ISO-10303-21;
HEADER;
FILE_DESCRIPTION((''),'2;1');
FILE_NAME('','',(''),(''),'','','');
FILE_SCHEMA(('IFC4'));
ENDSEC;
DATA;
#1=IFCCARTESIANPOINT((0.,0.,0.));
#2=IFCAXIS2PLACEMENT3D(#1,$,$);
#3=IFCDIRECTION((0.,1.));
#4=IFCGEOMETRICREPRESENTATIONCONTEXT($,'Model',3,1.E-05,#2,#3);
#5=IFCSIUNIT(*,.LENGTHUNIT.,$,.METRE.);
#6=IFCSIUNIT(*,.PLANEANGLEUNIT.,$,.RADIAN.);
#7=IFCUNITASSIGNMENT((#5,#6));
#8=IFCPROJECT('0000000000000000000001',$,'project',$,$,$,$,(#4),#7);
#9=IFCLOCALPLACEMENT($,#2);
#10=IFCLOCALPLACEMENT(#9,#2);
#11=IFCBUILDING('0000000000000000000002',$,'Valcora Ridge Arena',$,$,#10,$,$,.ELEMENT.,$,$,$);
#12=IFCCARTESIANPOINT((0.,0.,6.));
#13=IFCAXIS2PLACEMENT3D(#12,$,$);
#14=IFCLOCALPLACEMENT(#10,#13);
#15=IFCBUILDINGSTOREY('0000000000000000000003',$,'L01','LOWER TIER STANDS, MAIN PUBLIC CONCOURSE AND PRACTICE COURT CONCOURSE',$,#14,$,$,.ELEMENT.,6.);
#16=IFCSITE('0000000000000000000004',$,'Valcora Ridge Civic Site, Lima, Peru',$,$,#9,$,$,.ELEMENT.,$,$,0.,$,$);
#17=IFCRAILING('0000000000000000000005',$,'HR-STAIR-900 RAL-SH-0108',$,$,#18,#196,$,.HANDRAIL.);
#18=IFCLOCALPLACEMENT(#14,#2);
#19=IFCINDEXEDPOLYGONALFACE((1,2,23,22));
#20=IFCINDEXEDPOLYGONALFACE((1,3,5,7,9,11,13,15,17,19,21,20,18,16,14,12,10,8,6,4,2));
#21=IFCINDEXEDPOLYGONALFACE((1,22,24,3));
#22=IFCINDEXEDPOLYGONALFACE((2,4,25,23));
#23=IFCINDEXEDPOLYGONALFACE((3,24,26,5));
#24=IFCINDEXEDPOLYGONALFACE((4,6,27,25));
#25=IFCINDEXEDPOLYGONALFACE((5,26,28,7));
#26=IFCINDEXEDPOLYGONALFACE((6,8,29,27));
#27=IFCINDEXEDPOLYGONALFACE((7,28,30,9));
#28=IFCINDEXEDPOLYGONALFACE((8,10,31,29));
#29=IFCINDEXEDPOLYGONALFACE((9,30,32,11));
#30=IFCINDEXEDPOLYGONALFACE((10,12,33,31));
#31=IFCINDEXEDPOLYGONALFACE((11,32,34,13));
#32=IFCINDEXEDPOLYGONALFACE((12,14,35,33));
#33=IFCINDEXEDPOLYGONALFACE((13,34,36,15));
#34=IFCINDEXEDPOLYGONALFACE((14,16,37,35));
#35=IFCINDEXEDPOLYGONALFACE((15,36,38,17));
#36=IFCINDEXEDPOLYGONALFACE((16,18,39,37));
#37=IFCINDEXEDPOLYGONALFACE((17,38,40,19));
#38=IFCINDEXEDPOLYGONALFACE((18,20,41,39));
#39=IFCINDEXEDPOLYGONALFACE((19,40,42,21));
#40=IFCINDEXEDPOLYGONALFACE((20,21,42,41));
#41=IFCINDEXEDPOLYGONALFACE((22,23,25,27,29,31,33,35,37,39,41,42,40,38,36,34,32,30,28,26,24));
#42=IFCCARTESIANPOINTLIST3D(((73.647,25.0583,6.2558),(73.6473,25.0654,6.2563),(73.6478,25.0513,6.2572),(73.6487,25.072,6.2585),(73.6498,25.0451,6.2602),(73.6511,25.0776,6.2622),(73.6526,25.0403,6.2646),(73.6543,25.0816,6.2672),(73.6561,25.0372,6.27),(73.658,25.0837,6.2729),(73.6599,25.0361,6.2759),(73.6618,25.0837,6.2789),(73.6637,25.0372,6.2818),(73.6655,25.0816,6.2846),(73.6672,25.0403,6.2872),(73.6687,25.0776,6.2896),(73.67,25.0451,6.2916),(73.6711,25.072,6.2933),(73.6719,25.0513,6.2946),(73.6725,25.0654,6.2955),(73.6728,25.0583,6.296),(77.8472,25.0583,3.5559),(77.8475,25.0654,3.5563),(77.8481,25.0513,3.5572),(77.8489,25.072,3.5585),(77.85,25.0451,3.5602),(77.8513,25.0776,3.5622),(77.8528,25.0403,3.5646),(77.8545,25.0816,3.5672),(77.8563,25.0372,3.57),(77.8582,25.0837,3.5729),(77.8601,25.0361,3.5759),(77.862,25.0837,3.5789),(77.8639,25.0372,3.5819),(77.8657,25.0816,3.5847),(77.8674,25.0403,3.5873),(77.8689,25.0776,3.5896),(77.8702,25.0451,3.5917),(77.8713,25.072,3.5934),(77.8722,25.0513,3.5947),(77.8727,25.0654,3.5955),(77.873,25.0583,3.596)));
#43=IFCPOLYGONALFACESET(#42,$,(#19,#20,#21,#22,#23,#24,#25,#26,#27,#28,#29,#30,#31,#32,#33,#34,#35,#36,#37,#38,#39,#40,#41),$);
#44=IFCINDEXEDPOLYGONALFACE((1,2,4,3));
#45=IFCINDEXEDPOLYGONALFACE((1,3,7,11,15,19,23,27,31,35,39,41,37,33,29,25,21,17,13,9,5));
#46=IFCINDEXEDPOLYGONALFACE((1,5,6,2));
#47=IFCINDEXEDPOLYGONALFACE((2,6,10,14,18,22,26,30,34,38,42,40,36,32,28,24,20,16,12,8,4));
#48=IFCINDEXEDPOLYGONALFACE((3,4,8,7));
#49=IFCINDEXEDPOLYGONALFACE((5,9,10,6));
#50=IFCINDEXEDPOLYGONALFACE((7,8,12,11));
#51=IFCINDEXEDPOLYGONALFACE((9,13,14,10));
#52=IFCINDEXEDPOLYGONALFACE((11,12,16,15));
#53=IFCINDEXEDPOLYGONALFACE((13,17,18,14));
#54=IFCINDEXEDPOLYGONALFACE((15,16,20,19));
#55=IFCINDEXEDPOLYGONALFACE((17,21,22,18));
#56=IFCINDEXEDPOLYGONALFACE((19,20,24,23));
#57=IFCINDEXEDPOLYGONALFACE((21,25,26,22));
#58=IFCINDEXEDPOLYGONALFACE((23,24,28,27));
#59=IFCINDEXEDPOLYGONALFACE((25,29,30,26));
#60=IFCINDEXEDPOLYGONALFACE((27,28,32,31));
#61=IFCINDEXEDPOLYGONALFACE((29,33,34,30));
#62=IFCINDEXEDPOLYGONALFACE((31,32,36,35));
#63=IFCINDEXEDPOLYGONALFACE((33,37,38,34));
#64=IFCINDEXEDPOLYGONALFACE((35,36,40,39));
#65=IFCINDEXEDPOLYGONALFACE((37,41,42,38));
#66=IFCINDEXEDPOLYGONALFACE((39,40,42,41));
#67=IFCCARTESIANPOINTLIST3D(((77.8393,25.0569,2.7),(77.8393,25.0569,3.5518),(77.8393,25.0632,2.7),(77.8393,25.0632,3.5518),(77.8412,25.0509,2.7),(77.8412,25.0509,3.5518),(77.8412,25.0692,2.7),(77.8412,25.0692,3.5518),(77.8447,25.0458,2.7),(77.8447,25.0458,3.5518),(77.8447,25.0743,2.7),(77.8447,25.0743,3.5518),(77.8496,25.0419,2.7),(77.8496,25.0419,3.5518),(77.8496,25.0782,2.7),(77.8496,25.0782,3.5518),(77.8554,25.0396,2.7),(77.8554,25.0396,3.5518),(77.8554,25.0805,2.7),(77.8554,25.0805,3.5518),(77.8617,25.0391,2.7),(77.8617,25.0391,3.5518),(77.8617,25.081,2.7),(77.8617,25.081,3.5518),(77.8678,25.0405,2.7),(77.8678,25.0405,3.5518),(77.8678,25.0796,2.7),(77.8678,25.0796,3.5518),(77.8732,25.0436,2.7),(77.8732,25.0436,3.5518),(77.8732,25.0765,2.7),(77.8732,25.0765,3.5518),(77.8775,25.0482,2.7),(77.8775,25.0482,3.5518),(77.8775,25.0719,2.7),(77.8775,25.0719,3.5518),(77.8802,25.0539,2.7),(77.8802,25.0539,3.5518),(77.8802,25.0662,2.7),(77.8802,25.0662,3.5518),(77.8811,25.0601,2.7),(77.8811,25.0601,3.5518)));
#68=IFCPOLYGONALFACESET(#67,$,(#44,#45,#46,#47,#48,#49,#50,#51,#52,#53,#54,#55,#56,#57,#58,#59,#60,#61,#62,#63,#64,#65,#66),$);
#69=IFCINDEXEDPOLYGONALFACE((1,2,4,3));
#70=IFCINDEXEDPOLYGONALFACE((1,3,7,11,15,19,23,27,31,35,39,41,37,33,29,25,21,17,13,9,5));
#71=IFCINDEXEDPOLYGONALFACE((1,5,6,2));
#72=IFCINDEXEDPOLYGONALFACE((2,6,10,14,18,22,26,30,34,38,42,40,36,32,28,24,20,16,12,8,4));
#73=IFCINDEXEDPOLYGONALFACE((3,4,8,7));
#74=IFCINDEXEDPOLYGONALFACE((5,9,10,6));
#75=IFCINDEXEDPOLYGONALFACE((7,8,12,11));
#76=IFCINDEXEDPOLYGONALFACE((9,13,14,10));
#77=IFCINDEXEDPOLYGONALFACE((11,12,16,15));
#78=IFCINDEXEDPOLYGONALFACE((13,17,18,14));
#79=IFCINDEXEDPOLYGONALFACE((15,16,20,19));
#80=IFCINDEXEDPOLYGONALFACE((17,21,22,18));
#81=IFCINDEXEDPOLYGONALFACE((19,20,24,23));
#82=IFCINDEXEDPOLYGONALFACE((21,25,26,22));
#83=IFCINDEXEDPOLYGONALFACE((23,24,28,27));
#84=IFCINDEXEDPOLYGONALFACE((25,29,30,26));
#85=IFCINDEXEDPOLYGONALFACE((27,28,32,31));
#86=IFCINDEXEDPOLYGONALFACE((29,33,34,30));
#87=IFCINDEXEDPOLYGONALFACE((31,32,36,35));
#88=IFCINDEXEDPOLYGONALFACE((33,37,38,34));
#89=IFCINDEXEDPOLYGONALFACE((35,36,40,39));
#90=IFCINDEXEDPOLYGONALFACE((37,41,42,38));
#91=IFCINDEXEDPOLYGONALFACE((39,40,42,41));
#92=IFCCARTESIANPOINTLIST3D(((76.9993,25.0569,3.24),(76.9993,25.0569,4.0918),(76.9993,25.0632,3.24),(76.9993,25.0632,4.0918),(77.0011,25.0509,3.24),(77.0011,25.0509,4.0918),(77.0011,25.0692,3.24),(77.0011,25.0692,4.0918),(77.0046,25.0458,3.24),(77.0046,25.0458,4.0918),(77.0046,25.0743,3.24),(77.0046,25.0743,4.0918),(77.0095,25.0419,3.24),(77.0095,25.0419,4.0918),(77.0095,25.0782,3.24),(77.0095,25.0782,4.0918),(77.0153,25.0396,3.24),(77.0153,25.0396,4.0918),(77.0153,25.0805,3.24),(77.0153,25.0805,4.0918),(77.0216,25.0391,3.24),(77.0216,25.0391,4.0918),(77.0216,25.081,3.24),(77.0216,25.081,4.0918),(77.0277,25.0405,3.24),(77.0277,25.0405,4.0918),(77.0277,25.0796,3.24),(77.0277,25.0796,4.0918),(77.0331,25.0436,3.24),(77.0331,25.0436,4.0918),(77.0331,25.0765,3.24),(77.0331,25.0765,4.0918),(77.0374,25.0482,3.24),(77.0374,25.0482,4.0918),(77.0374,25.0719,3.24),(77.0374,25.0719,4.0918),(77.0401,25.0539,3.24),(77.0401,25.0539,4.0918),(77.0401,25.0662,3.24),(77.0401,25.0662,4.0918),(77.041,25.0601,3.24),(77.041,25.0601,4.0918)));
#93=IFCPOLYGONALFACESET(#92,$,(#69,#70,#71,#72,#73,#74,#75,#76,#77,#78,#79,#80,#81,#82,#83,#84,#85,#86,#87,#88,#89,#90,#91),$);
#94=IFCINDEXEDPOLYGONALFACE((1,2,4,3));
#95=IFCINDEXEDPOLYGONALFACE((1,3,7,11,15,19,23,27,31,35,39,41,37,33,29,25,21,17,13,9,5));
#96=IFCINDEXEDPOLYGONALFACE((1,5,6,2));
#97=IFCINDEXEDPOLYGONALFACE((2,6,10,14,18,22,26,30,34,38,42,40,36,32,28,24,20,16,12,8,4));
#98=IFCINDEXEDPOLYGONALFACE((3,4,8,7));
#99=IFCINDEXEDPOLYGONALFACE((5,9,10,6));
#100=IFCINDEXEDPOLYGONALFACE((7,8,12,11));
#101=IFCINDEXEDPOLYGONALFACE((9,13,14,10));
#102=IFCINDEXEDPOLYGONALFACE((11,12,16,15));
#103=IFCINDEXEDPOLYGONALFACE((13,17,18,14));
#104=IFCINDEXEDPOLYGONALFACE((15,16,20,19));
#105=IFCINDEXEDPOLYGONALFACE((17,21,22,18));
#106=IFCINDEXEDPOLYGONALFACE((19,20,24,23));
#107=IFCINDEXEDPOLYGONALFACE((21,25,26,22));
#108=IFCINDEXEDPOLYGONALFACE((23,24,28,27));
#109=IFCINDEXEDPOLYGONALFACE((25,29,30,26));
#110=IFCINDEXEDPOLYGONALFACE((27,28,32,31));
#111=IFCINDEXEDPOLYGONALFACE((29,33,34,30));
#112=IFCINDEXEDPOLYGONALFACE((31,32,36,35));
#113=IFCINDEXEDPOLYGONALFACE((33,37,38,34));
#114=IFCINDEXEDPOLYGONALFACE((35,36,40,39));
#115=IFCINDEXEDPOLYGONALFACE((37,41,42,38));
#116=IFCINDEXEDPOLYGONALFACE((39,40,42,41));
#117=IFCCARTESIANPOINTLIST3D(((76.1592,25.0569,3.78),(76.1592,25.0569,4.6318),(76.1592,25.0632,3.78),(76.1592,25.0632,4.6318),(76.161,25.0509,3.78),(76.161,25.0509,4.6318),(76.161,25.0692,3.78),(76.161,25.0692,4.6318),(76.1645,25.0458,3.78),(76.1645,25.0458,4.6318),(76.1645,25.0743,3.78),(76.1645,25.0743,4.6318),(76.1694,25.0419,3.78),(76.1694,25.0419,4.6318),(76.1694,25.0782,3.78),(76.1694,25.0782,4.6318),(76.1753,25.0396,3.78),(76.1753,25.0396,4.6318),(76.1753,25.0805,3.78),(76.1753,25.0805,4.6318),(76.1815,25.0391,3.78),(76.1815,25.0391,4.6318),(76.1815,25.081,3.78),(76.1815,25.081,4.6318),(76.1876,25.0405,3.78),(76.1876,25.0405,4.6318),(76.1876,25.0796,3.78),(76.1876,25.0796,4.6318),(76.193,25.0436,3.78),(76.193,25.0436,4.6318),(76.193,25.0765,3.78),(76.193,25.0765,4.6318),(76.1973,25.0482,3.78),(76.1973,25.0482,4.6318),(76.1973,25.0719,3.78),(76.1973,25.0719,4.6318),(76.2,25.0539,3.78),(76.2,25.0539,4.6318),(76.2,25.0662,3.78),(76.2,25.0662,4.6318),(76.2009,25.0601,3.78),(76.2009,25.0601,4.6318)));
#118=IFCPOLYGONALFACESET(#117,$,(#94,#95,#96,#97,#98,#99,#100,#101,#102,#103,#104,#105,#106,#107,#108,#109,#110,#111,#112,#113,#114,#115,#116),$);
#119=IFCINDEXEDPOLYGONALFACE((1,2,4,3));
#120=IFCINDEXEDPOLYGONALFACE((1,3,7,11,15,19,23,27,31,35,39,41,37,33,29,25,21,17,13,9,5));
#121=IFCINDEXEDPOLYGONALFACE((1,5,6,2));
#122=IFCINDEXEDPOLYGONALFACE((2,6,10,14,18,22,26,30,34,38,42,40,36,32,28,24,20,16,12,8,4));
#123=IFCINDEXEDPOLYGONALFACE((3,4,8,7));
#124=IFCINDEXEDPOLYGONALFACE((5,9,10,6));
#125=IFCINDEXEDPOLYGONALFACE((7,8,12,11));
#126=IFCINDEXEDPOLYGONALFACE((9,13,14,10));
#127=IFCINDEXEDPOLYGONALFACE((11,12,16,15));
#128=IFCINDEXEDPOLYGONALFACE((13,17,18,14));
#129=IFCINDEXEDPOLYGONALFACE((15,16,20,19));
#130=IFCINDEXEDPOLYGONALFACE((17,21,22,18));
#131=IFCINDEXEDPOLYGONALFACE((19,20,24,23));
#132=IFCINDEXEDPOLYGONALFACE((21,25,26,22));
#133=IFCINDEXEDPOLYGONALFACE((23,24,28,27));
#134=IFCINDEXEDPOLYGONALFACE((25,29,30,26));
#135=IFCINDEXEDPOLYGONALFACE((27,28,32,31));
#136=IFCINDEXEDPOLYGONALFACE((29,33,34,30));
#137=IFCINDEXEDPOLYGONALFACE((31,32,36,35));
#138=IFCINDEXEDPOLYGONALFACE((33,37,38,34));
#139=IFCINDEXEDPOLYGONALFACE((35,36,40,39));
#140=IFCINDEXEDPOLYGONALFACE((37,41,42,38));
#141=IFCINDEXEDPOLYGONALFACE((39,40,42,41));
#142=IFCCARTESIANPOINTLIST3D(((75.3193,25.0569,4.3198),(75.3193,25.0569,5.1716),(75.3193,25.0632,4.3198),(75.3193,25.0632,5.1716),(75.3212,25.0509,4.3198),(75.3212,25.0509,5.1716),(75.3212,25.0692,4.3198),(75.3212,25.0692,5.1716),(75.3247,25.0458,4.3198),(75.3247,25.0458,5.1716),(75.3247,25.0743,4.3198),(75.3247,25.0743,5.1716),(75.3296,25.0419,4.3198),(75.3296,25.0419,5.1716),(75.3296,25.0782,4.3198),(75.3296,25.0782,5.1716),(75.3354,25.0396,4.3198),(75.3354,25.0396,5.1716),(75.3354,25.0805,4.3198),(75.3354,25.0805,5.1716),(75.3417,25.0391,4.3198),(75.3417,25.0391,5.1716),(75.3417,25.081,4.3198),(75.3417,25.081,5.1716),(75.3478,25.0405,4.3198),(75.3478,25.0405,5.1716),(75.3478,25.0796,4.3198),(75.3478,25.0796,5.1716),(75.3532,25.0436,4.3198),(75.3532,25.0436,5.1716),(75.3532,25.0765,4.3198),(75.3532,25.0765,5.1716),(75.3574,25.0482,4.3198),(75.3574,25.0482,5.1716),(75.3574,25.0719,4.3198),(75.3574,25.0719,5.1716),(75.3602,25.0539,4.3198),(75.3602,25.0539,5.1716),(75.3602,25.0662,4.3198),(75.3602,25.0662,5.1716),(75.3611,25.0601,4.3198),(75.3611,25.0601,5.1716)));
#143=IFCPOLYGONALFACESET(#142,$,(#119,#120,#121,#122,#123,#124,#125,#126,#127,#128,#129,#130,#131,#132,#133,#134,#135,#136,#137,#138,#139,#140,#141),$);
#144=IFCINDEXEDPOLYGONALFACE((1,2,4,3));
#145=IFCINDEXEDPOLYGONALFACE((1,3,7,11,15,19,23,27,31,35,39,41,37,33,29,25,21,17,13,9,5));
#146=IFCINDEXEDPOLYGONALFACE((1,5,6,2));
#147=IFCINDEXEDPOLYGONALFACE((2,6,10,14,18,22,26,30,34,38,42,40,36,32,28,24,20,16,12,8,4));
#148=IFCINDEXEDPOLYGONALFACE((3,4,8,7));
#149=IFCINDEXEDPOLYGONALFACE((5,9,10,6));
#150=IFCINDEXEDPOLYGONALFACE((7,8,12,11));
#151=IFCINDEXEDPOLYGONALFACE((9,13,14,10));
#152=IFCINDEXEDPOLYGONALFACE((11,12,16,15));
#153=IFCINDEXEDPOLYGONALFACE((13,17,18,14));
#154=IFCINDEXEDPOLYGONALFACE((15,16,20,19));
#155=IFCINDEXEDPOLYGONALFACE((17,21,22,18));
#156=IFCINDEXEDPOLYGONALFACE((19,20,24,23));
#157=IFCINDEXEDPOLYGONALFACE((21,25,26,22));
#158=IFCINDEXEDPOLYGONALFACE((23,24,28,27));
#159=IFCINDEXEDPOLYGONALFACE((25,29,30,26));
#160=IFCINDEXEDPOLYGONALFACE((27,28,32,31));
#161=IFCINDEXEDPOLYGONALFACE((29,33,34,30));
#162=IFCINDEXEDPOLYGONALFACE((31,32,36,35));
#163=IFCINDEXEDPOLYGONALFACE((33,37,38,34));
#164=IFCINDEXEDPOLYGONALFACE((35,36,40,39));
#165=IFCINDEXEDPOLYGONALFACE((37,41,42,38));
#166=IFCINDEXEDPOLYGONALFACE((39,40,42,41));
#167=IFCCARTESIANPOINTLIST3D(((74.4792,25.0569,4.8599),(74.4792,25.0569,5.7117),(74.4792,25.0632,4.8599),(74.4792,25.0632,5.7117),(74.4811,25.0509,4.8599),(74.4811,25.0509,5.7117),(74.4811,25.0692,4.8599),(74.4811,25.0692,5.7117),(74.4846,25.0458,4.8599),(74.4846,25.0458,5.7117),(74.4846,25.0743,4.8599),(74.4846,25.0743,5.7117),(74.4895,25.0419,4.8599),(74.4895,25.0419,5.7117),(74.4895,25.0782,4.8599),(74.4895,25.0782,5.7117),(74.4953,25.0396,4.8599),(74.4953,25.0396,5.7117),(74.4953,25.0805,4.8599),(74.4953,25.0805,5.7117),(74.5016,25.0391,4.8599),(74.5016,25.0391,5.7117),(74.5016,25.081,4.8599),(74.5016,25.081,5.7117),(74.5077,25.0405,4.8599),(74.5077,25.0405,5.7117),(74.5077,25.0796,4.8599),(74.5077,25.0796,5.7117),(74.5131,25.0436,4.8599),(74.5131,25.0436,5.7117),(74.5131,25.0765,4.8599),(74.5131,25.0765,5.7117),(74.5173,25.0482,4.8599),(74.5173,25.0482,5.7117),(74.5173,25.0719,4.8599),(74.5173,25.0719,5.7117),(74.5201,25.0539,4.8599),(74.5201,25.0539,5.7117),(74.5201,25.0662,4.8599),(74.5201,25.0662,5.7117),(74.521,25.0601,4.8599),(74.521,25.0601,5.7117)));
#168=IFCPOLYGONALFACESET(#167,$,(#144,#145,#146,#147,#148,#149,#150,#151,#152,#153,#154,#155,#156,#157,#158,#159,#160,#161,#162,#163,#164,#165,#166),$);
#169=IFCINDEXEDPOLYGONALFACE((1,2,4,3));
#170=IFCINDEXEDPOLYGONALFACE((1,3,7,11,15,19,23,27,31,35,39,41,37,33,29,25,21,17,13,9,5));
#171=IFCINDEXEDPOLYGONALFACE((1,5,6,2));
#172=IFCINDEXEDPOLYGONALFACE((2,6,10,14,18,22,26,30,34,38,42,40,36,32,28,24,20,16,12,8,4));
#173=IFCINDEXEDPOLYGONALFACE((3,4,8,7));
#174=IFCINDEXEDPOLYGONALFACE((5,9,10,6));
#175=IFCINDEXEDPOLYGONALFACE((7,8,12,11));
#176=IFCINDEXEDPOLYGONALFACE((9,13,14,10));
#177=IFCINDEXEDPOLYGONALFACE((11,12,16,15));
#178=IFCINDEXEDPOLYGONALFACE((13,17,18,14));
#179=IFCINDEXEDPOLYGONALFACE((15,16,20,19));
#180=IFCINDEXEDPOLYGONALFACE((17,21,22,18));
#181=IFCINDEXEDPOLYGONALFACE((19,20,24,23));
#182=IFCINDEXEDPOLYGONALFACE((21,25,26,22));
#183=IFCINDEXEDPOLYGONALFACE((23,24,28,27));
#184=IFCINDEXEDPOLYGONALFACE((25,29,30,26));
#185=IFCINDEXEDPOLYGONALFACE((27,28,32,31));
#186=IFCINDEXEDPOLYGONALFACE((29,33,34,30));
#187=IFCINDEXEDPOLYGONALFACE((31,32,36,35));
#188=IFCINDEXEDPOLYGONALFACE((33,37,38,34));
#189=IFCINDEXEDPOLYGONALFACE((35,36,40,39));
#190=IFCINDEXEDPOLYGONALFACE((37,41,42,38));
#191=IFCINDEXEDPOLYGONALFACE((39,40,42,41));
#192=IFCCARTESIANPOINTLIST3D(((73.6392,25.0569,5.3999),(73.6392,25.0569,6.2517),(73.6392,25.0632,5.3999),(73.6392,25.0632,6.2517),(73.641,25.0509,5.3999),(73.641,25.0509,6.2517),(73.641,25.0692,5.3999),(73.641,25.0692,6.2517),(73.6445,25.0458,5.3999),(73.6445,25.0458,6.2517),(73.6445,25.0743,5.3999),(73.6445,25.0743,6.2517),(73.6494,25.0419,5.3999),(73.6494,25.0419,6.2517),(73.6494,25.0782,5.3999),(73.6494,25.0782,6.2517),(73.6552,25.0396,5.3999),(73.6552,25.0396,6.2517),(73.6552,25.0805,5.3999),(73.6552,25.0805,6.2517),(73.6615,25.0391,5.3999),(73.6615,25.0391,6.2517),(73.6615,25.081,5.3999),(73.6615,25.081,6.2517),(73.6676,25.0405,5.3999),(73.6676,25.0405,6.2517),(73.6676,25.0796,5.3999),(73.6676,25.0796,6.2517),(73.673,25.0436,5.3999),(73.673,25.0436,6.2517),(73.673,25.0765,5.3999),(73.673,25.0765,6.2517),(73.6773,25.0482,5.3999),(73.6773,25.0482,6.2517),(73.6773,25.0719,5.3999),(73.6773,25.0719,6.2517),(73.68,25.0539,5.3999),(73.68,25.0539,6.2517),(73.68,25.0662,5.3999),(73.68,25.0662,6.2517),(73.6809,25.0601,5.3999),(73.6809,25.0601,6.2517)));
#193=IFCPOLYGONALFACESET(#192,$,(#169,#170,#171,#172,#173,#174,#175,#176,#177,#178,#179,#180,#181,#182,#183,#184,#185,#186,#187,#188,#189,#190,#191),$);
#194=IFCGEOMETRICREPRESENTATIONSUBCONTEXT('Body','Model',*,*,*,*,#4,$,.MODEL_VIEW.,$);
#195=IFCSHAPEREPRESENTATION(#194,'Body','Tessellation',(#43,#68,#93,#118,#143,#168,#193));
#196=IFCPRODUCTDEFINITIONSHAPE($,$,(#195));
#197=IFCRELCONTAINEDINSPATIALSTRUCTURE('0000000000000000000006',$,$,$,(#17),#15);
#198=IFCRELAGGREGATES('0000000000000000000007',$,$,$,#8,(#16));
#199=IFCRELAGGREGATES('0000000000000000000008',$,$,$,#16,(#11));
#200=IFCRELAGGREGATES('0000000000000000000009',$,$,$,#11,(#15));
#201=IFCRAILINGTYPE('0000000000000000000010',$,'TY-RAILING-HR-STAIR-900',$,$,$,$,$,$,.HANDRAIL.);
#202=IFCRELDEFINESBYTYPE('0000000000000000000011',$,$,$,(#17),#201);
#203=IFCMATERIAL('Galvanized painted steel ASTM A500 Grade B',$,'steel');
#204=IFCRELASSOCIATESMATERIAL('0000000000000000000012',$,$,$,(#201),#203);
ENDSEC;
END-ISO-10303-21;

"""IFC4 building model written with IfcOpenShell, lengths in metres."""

from ifc_helpers import new_model, si_unit, direction, frame, origin, origin_2d, place, context, subcontext, project, spatial, circle, extrude, material, type_object, element, save


model = new_model("IFC4")

# Units and contexts
model_context = context("Model", 3, precision=1e-05, world=origin(), true_north=direction((0.0, 1.0)))
body_context = subcontext(model_context, "Body", "Model", "MODEL_VIEW")
ifc_project = project(units=[si_unit("LENGTHUNIT", "METRE"), si_unit("PLANEANGLEUNIT", "RADIAN")], contexts=[model_context])

# Site, building, storey
site_placement = place(None, origin())
site = spatial("IfcSite", under=ifc_project, at=site_placement, Name="Valcora Ridge Civic Site, Lima, Peru", CompositionType="ELEMENT", RefElevation=0.0)
building_placement = place(site_placement, origin())
building = spatial("IfcBuilding", under=site, at=building_placement, Name="Valcora Ridge Arena", CompositionType="ELEMENT")
storey_placement = place(building_placement, frame((0.0, 0.0, 6.0)))
storey = spatial("IfcBuildingStorey", under=building, at=storey_placement, Name="L01", Description="LOWER TIER STANDS, MAIN PUBLIC CONCOURSE AND PRACTICE COURT CONCOURSE", CompositionType="ELEMENT", Elevation=6.0)

# Railing
ifc_material_1 = material(Name="Galvanized painted steel ASTM A500 Grade B", Category="steel")
railing_type_1 = type_object("IfcRailingType", Name="TY-RAILING-HR-STAIR-900", PredefinedType="HANDRAIL", material=ifc_material_1)
railing_1_placement = place(storey_placement, frame((77.8601, 25.0601, 2.7)))
element("IfcRailing", 1, at=railing_1_placement, inside=storey, type_object=railing_type_1, Name="HR-STAIR-900 RAL-SH-0108", PredefinedType="HANDRAIL", context=body_context, shape_type="SweptSolid", body=[
    extrude(circle(Radius=0.0239, at=origin_2d()), frame((0.0, 0.0, 0.876), z_axis=(-0.841194, 0.0, 0.540733), x_axis=(0.0, -1.0, 0.0)), (0.0, 0.0, 1.0), 4.9932),
    extrude(circle(Radius=0.021, at=origin_2d()), origin(), (0.0, 0.0, 1.0), 0.8518),
    extrude(circle(Radius=0.021, at=origin_2d()), frame((-0.8401, 0.0, 0.54)), (0.0, 0.0, 1.0), 0.8518),
    extrude(circle(Radius=0.021, at=origin_2d()), frame((-1.6802, 0.0, 1.0801)), (0.0, 0.0, 1.0), 0.8518),
    extrude(circle(Radius=0.021, at=origin_2d()), frame((-2.52, 0.0, 1.6199)), (0.0, 0.0, 1.0), 0.8518),
    extrude(circle(Radius=0.021, at=origin_2d()), frame((-3.3601, 0.0, 2.1599)), (0.0, 0.0, 1.0), 0.8518),
    extrude(circle(Radius=0.021, at=origin_2d()), frame((-4.2002, 0.0, 2.7)), (0.0, 0.0, 1.0), 0.8518),
])

save(model, "model.ifc")
